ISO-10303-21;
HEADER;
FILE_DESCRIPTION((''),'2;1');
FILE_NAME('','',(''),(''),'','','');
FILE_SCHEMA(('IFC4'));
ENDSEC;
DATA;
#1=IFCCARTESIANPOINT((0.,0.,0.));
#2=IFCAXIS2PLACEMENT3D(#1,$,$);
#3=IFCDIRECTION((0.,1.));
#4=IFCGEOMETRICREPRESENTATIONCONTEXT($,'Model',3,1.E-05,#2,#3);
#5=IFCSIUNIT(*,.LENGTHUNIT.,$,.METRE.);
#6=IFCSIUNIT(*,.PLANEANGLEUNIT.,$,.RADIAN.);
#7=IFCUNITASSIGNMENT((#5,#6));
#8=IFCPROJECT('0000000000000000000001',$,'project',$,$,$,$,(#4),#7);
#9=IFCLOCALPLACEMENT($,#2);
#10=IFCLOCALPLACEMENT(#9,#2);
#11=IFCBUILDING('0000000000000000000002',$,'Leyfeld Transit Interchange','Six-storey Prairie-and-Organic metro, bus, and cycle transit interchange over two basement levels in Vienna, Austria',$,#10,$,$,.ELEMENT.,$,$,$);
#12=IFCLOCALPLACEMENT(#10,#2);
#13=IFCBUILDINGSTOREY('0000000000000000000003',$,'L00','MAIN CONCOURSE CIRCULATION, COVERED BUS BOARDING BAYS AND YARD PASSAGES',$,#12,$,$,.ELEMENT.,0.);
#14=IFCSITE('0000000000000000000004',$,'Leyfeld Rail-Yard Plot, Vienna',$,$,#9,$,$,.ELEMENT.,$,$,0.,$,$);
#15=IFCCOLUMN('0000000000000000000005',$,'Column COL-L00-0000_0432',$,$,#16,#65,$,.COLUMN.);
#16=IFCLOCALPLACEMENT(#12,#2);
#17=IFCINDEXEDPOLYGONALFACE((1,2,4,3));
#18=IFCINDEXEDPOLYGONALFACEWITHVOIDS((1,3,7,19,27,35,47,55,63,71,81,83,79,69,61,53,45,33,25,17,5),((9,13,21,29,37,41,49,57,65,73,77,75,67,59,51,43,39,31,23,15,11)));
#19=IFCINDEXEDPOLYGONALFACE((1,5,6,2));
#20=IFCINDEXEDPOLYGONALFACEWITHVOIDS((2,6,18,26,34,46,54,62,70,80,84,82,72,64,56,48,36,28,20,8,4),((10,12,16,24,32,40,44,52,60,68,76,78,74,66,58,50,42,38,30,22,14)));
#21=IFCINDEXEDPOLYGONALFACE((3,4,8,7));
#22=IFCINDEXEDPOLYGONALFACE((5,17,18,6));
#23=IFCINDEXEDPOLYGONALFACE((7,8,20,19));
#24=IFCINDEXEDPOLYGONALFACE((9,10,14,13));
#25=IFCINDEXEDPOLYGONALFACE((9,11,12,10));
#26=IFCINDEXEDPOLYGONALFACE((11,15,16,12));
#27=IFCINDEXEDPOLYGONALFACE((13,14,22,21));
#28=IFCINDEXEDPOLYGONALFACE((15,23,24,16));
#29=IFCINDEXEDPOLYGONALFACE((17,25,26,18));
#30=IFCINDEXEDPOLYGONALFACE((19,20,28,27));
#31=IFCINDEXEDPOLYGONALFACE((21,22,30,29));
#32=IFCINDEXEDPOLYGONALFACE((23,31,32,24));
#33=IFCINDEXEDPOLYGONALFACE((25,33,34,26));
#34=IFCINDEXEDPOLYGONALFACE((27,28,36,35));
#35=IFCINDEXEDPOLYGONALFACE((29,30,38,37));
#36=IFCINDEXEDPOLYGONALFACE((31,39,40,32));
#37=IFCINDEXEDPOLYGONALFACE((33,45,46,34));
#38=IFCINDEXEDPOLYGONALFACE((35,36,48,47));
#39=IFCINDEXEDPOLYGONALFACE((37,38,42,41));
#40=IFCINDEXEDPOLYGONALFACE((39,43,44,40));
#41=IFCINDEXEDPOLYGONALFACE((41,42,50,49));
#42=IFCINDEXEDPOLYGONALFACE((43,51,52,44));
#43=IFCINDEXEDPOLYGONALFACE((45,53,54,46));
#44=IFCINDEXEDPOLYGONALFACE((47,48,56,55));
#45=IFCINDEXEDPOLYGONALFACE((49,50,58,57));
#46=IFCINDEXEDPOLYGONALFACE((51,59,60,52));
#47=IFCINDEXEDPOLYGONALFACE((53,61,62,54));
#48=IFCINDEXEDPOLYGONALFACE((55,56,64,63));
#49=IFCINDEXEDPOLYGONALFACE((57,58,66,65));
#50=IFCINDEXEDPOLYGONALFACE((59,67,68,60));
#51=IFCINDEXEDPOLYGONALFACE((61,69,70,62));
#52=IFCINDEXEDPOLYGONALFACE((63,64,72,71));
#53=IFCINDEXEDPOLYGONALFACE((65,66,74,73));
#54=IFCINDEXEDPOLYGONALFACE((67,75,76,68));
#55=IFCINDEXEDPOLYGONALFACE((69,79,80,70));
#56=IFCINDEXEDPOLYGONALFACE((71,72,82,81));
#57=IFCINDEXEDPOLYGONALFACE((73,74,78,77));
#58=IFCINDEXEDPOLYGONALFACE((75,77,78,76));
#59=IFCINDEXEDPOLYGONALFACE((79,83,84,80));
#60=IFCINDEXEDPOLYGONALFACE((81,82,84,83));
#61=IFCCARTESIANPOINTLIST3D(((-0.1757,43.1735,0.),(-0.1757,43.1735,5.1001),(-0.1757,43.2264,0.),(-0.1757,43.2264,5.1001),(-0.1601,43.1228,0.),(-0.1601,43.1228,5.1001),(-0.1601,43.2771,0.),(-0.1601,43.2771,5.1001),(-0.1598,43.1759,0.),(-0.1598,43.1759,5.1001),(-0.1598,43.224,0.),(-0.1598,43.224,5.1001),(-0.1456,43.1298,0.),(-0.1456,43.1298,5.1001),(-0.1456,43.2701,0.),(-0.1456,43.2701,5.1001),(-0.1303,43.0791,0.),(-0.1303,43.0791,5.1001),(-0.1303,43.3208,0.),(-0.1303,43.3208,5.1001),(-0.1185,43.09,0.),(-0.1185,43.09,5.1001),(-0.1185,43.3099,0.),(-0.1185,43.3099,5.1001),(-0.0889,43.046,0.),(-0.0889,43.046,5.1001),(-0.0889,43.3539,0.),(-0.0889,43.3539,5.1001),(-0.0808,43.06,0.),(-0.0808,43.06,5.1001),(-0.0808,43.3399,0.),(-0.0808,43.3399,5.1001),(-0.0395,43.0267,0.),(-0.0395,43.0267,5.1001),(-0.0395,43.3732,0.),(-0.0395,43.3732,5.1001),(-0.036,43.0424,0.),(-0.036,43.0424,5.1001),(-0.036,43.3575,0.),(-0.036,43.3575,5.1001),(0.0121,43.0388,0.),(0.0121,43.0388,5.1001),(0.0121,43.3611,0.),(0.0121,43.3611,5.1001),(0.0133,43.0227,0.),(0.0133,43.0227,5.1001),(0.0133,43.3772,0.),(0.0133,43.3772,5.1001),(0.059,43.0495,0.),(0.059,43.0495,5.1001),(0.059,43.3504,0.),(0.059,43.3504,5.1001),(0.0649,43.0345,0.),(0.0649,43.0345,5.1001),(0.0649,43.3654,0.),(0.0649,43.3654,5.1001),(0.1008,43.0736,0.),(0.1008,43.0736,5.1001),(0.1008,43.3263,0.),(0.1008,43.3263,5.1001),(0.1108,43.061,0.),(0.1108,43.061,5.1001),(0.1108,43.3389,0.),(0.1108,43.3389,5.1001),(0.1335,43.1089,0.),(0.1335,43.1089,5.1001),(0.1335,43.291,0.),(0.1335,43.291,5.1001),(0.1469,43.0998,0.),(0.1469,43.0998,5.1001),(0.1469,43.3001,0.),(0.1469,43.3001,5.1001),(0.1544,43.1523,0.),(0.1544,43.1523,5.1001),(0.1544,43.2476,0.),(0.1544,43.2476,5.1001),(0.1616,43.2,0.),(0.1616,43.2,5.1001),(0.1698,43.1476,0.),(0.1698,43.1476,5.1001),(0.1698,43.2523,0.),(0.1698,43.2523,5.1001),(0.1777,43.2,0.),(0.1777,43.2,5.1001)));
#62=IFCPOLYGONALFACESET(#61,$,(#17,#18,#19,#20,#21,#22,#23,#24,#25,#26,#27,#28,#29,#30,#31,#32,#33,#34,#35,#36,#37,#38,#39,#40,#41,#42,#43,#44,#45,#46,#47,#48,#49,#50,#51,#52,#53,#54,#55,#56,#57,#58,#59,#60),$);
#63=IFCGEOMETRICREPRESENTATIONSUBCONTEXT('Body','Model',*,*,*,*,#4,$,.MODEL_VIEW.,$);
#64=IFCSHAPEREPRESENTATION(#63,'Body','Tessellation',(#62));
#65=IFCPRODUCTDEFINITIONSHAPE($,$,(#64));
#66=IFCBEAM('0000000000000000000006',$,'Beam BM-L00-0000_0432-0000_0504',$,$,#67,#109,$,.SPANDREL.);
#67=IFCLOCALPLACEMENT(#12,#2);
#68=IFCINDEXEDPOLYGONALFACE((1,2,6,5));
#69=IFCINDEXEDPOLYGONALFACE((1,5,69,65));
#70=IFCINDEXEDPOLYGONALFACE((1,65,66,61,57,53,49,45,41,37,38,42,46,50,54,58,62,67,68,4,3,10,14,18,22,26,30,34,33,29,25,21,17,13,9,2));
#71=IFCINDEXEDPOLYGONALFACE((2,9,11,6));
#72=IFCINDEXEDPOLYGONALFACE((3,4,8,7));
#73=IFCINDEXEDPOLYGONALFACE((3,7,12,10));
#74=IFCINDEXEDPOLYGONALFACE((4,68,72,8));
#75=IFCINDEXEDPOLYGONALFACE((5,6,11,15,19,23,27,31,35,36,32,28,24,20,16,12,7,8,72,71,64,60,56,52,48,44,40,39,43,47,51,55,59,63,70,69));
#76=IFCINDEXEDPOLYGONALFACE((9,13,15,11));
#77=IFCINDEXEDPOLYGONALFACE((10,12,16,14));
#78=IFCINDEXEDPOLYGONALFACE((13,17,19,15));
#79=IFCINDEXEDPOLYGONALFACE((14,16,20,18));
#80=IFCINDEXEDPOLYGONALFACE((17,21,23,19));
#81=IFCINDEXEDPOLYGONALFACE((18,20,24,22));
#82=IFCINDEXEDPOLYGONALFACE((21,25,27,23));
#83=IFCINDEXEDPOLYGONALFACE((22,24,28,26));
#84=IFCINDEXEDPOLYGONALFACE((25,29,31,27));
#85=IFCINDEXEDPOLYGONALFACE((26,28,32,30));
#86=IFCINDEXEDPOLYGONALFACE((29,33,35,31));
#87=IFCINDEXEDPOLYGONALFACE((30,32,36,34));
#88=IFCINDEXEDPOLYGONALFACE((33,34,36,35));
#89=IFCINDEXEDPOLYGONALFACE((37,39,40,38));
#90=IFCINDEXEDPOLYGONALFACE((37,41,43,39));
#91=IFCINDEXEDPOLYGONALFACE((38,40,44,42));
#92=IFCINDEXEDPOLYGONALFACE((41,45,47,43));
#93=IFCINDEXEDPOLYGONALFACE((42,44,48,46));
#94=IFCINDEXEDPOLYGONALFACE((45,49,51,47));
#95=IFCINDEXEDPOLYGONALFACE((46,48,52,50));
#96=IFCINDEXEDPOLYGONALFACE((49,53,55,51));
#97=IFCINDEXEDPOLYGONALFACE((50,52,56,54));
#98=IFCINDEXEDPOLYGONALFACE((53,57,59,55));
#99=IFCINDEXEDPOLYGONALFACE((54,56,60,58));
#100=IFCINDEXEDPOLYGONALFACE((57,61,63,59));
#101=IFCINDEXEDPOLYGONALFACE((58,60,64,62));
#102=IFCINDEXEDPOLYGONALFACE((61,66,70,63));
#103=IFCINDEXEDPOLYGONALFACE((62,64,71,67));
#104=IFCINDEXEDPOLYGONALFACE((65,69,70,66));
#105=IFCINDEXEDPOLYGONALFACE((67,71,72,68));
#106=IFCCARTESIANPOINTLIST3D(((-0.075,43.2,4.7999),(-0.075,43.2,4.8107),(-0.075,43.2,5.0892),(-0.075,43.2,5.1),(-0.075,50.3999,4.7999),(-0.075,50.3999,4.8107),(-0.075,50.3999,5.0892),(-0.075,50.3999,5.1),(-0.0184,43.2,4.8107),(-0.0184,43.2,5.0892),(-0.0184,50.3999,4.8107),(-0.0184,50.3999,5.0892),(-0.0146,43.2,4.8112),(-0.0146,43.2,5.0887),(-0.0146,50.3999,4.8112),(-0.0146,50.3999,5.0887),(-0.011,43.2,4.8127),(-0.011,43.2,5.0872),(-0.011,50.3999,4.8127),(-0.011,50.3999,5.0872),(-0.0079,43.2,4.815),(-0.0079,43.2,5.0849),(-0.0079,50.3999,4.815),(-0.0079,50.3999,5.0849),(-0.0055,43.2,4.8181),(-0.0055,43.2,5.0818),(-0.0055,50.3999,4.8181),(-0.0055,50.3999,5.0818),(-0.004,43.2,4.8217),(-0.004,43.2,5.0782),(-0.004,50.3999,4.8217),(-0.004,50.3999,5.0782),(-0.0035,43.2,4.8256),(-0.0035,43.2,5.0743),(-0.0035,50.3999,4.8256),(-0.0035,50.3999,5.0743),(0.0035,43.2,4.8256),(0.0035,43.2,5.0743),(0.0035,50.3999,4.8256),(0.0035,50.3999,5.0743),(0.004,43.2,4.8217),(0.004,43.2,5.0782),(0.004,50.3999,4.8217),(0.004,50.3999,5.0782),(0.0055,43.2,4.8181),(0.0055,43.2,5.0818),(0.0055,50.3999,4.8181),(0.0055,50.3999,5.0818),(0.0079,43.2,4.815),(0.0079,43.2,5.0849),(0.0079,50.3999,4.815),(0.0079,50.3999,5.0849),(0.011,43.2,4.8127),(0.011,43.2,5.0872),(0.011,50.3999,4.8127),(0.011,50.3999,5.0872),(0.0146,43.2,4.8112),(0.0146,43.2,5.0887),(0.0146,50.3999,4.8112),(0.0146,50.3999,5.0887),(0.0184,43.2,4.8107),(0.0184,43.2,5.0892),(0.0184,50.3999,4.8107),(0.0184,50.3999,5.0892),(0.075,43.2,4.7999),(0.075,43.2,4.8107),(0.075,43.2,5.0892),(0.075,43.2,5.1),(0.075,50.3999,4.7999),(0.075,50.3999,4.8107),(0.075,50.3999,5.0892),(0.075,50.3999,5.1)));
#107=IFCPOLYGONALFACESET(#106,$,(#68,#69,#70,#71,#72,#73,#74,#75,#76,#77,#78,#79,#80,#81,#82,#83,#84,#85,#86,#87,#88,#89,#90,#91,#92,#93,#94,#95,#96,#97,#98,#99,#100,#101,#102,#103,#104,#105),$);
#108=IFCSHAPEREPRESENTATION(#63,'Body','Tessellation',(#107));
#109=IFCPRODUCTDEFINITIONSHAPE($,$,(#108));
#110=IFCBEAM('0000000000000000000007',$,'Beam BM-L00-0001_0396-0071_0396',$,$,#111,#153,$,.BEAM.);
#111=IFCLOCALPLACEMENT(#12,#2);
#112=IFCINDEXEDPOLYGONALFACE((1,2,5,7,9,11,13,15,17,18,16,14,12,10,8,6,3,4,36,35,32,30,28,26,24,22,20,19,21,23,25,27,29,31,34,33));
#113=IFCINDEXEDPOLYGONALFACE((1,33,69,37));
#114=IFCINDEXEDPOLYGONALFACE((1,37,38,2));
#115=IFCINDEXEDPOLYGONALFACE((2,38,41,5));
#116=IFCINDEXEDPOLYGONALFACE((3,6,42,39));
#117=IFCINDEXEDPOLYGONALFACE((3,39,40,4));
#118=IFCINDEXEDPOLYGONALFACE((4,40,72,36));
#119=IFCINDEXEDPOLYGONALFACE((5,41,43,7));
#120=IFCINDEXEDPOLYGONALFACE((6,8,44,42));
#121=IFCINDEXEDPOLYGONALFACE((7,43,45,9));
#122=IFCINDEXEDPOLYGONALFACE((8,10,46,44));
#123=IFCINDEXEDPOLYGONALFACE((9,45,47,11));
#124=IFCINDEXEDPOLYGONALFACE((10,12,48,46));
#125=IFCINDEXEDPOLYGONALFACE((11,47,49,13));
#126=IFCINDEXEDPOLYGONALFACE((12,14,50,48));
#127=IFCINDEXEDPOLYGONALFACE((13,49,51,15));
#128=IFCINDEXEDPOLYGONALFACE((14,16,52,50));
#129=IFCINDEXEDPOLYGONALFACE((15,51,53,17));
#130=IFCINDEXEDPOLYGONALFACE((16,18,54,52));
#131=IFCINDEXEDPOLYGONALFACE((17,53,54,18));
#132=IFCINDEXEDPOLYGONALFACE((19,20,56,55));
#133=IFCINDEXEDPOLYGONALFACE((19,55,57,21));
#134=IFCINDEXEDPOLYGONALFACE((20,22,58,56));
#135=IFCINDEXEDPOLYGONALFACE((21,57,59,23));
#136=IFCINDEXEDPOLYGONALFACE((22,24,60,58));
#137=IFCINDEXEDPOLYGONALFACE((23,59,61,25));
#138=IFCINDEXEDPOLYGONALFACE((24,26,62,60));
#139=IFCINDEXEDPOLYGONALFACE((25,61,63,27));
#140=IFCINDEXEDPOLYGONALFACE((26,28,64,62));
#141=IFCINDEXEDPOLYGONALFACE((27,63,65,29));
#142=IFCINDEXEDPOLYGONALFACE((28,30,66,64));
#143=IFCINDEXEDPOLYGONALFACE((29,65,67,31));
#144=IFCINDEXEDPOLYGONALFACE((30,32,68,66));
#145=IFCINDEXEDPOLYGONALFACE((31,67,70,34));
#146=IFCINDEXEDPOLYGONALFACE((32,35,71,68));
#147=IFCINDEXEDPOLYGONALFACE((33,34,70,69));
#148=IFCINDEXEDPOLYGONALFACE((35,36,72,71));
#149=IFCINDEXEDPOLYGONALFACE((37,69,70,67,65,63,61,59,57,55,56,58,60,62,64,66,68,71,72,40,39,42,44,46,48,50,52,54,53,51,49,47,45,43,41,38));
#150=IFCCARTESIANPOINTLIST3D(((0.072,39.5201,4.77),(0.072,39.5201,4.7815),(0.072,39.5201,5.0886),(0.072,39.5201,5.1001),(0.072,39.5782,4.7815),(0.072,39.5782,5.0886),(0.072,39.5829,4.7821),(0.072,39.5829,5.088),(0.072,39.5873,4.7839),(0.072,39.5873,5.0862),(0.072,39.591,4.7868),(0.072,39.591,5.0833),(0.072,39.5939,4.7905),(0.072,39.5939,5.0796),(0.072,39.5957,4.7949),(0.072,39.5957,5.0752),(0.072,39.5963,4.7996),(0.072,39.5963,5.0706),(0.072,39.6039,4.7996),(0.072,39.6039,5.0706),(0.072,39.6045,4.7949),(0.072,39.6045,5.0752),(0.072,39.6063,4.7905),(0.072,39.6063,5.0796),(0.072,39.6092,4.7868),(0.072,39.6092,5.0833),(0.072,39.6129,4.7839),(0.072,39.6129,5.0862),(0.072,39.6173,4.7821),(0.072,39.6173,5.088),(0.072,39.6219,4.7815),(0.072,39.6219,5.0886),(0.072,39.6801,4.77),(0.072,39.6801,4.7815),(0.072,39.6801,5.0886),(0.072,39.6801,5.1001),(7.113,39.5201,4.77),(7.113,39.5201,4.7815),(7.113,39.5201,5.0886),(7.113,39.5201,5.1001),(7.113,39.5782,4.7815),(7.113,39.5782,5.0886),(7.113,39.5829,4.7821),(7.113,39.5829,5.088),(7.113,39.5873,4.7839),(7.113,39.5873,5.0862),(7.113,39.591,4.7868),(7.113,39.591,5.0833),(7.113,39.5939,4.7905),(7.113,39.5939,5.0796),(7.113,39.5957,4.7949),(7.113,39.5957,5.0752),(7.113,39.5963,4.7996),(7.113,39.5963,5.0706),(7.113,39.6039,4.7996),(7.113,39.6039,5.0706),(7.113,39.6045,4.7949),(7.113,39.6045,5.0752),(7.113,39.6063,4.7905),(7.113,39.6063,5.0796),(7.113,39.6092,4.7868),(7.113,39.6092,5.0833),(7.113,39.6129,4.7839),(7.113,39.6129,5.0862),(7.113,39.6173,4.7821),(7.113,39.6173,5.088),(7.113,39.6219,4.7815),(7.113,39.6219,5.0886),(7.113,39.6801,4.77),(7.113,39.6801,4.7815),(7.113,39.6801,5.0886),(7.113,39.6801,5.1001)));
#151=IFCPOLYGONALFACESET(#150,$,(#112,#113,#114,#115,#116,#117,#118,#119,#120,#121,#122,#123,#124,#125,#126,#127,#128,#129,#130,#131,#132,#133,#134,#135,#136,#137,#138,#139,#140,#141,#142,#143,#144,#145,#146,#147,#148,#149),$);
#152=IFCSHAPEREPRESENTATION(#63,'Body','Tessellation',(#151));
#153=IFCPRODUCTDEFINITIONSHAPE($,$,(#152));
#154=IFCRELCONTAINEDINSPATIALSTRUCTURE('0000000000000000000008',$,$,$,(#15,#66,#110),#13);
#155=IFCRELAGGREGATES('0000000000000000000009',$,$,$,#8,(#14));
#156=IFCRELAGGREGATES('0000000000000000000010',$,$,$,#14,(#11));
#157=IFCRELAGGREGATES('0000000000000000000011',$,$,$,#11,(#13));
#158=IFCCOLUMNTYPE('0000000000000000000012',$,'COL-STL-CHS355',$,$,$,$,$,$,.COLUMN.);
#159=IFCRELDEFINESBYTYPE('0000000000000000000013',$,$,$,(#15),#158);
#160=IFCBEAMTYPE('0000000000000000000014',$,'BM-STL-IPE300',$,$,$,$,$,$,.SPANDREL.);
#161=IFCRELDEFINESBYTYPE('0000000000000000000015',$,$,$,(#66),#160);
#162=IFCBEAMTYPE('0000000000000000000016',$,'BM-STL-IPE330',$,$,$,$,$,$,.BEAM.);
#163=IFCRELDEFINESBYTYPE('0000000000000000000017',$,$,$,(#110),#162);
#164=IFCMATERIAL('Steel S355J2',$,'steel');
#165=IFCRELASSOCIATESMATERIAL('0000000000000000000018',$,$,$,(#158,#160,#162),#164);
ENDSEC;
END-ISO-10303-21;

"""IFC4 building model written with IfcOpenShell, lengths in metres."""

from ifc_helpers import new_model, si_unit, direction, frame, origin, origin_2d, place, context, subcontext, project, spatial, hollow_circle, i_section, extrude, material, material_profile, profile_set, type_object, element, save


model = new_model("IFC4")

# Units and contexts
model_context = context("Model", 3, precision=1e-05, world=origin(), true_north=direction((0.0, 1.0)))
body_context = subcontext(model_context, "Body", "Model", "MODEL_VIEW")
ifc_project = project(units=[si_unit("LENGTHUNIT", "METRE"), si_unit("PLANEANGLEUNIT", "RADIAN")], contexts=[model_context])

# Site, building, storey
site_placement = place(None, origin())
site = spatial("IfcSite", under=ifc_project, at=site_placement, Name="Leyfeld Rail-Yard Plot, Vienna", CompositionType="ELEMENT", RefElevation=0.0)
building_placement = place(site_placement, origin())
building = spatial("IfcBuilding", under=site, at=building_placement, Name="Leyfeld Transit Interchange", Description="Six-storey Prairie-and-Organic metro, bus, and cycle transit interchange over two basement levels in Vienna, Austria", CompositionType="ELEMENT")
storey_placement = place(building_placement, origin())
storey = spatial("IfcBuildingStorey", under=building, at=storey_placement, Name="L00", Description="MAIN CONCOURSE CIRCULATION, COVERED BUS BOARDING BAYS AND YARD PASSAGES", CompositionType="ELEMENT", Elevation=0.0)

# Column
ifc_material_1 = material(Name="Steel S355J2", Category="steel")
ifc_material_profile_1 = material_profile(ifc_material_1, hollow_circle(Radius=0.1777, WallThickness=0.0161, at=origin_2d()), Name="CHS 355.6x16")
ifc_profile_set_1 = profile_set([ifc_material_profile_1], Name="Steel S355J2")
column_type = type_object("IfcColumnType", Name="COL-STL-CHS355", PredefinedType="COLUMN", material=ifc_profile_set_1)
column_placement = place(storey_placement, frame((0.0, 43.2, 0.0), z_axis=(0.0, 0.0, 1.0), x_axis=(1.0, 0.0, 0.0)))
element("IfcColumn", 1, at=column_placement, inside=storey, type_object=column_type, Name="Column COL-L00-0000_0432", PredefinedType="COLUMN", context=body_context, shape_type="SweptSolid", body=[
    extrude(hollow_circle(Radius=0.1777, WallThickness=0.0161, at=origin_2d()), origin(), (0.0, 0.0, 1.0), 5.1001),
])

# Beams
ifc_material_profile_2 = material_profile(ifc_material_1, i_section(OverallWidth=0.1499, OverallDepth=0.3, WebThickness=0.0071, FlangeThickness=0.0107, FilletRadius=0.0149, at=origin_2d()), Name="IPE 300")
ifc_profile_set_2 = profile_set([ifc_material_profile_2], Name="Steel S355J2")
beam_type_1 = type_object("IfcBeamType", Name="BM-STL-IPE300", PredefinedType="SPANDREL", material=ifc_profile_set_2)
beam_1_placement = place(storey_placement, frame((0.0, 43.2, 4.95), z_axis=(0.0, 1.0, 0.0), x_axis=(-1.0, 0.0, 0.0)))
element("IfcBeam", 2, at=beam_1_placement, inside=storey, type_object=beam_type_1, Name="Beam BM-L00-0000_0432-0000_0504", PredefinedType="SPANDREL", context=body_context, shape_type="SweptSolid", body=[
    extrude(i_section(OverallWidth=0.1499, OverallDepth=0.3, WebThickness=0.0071, FlangeThickness=0.0107, FilletRadius=0.0149, at=origin_2d()), origin(), (0.0, 0.0, 1.0), 7.2),
])
ifc_material_profile_3 = material_profile(ifc_material_1, i_section(OverallWidth=0.1599, OverallDepth=0.3301, WebThickness=0.0076, FlangeThickness=0.0115, FilletRadius=0.0181, at=origin_2d()), Name="IPE 330")
ifc_profile_set_3 = profile_set([ifc_material_profile_3], Name="Steel S355J2")
beam_type_2 = type_object("IfcBeamType", Name="BM-STL-IPE330", PredefinedType="BEAM", material=ifc_profile_set_3)
beam_2_placement = place(storey_placement, frame((0.072, 39.6001, 4.9351), z_axis=(1.0, 0.0, 0.0), x_axis=(0.0, 1.0, 0.0)))
element("IfcBeam", 3, at=beam_2_placement, inside=storey, type_object=beam_type_2, Name="Beam BM-L00-0001_0396-0071_0396", PredefinedType="BEAM", context=body_context, shape_type="SweptSolid", body=[
    extrude(i_section(OverallWidth=0.1599, OverallDepth=0.3301, WebThickness=0.0076, FlangeThickness=0.0115, FilletRadius=0.0181, at=origin_2d()), origin(), (0.0, 0.0, 1.0), 7.041),
])

save(model, "model.ifc")
